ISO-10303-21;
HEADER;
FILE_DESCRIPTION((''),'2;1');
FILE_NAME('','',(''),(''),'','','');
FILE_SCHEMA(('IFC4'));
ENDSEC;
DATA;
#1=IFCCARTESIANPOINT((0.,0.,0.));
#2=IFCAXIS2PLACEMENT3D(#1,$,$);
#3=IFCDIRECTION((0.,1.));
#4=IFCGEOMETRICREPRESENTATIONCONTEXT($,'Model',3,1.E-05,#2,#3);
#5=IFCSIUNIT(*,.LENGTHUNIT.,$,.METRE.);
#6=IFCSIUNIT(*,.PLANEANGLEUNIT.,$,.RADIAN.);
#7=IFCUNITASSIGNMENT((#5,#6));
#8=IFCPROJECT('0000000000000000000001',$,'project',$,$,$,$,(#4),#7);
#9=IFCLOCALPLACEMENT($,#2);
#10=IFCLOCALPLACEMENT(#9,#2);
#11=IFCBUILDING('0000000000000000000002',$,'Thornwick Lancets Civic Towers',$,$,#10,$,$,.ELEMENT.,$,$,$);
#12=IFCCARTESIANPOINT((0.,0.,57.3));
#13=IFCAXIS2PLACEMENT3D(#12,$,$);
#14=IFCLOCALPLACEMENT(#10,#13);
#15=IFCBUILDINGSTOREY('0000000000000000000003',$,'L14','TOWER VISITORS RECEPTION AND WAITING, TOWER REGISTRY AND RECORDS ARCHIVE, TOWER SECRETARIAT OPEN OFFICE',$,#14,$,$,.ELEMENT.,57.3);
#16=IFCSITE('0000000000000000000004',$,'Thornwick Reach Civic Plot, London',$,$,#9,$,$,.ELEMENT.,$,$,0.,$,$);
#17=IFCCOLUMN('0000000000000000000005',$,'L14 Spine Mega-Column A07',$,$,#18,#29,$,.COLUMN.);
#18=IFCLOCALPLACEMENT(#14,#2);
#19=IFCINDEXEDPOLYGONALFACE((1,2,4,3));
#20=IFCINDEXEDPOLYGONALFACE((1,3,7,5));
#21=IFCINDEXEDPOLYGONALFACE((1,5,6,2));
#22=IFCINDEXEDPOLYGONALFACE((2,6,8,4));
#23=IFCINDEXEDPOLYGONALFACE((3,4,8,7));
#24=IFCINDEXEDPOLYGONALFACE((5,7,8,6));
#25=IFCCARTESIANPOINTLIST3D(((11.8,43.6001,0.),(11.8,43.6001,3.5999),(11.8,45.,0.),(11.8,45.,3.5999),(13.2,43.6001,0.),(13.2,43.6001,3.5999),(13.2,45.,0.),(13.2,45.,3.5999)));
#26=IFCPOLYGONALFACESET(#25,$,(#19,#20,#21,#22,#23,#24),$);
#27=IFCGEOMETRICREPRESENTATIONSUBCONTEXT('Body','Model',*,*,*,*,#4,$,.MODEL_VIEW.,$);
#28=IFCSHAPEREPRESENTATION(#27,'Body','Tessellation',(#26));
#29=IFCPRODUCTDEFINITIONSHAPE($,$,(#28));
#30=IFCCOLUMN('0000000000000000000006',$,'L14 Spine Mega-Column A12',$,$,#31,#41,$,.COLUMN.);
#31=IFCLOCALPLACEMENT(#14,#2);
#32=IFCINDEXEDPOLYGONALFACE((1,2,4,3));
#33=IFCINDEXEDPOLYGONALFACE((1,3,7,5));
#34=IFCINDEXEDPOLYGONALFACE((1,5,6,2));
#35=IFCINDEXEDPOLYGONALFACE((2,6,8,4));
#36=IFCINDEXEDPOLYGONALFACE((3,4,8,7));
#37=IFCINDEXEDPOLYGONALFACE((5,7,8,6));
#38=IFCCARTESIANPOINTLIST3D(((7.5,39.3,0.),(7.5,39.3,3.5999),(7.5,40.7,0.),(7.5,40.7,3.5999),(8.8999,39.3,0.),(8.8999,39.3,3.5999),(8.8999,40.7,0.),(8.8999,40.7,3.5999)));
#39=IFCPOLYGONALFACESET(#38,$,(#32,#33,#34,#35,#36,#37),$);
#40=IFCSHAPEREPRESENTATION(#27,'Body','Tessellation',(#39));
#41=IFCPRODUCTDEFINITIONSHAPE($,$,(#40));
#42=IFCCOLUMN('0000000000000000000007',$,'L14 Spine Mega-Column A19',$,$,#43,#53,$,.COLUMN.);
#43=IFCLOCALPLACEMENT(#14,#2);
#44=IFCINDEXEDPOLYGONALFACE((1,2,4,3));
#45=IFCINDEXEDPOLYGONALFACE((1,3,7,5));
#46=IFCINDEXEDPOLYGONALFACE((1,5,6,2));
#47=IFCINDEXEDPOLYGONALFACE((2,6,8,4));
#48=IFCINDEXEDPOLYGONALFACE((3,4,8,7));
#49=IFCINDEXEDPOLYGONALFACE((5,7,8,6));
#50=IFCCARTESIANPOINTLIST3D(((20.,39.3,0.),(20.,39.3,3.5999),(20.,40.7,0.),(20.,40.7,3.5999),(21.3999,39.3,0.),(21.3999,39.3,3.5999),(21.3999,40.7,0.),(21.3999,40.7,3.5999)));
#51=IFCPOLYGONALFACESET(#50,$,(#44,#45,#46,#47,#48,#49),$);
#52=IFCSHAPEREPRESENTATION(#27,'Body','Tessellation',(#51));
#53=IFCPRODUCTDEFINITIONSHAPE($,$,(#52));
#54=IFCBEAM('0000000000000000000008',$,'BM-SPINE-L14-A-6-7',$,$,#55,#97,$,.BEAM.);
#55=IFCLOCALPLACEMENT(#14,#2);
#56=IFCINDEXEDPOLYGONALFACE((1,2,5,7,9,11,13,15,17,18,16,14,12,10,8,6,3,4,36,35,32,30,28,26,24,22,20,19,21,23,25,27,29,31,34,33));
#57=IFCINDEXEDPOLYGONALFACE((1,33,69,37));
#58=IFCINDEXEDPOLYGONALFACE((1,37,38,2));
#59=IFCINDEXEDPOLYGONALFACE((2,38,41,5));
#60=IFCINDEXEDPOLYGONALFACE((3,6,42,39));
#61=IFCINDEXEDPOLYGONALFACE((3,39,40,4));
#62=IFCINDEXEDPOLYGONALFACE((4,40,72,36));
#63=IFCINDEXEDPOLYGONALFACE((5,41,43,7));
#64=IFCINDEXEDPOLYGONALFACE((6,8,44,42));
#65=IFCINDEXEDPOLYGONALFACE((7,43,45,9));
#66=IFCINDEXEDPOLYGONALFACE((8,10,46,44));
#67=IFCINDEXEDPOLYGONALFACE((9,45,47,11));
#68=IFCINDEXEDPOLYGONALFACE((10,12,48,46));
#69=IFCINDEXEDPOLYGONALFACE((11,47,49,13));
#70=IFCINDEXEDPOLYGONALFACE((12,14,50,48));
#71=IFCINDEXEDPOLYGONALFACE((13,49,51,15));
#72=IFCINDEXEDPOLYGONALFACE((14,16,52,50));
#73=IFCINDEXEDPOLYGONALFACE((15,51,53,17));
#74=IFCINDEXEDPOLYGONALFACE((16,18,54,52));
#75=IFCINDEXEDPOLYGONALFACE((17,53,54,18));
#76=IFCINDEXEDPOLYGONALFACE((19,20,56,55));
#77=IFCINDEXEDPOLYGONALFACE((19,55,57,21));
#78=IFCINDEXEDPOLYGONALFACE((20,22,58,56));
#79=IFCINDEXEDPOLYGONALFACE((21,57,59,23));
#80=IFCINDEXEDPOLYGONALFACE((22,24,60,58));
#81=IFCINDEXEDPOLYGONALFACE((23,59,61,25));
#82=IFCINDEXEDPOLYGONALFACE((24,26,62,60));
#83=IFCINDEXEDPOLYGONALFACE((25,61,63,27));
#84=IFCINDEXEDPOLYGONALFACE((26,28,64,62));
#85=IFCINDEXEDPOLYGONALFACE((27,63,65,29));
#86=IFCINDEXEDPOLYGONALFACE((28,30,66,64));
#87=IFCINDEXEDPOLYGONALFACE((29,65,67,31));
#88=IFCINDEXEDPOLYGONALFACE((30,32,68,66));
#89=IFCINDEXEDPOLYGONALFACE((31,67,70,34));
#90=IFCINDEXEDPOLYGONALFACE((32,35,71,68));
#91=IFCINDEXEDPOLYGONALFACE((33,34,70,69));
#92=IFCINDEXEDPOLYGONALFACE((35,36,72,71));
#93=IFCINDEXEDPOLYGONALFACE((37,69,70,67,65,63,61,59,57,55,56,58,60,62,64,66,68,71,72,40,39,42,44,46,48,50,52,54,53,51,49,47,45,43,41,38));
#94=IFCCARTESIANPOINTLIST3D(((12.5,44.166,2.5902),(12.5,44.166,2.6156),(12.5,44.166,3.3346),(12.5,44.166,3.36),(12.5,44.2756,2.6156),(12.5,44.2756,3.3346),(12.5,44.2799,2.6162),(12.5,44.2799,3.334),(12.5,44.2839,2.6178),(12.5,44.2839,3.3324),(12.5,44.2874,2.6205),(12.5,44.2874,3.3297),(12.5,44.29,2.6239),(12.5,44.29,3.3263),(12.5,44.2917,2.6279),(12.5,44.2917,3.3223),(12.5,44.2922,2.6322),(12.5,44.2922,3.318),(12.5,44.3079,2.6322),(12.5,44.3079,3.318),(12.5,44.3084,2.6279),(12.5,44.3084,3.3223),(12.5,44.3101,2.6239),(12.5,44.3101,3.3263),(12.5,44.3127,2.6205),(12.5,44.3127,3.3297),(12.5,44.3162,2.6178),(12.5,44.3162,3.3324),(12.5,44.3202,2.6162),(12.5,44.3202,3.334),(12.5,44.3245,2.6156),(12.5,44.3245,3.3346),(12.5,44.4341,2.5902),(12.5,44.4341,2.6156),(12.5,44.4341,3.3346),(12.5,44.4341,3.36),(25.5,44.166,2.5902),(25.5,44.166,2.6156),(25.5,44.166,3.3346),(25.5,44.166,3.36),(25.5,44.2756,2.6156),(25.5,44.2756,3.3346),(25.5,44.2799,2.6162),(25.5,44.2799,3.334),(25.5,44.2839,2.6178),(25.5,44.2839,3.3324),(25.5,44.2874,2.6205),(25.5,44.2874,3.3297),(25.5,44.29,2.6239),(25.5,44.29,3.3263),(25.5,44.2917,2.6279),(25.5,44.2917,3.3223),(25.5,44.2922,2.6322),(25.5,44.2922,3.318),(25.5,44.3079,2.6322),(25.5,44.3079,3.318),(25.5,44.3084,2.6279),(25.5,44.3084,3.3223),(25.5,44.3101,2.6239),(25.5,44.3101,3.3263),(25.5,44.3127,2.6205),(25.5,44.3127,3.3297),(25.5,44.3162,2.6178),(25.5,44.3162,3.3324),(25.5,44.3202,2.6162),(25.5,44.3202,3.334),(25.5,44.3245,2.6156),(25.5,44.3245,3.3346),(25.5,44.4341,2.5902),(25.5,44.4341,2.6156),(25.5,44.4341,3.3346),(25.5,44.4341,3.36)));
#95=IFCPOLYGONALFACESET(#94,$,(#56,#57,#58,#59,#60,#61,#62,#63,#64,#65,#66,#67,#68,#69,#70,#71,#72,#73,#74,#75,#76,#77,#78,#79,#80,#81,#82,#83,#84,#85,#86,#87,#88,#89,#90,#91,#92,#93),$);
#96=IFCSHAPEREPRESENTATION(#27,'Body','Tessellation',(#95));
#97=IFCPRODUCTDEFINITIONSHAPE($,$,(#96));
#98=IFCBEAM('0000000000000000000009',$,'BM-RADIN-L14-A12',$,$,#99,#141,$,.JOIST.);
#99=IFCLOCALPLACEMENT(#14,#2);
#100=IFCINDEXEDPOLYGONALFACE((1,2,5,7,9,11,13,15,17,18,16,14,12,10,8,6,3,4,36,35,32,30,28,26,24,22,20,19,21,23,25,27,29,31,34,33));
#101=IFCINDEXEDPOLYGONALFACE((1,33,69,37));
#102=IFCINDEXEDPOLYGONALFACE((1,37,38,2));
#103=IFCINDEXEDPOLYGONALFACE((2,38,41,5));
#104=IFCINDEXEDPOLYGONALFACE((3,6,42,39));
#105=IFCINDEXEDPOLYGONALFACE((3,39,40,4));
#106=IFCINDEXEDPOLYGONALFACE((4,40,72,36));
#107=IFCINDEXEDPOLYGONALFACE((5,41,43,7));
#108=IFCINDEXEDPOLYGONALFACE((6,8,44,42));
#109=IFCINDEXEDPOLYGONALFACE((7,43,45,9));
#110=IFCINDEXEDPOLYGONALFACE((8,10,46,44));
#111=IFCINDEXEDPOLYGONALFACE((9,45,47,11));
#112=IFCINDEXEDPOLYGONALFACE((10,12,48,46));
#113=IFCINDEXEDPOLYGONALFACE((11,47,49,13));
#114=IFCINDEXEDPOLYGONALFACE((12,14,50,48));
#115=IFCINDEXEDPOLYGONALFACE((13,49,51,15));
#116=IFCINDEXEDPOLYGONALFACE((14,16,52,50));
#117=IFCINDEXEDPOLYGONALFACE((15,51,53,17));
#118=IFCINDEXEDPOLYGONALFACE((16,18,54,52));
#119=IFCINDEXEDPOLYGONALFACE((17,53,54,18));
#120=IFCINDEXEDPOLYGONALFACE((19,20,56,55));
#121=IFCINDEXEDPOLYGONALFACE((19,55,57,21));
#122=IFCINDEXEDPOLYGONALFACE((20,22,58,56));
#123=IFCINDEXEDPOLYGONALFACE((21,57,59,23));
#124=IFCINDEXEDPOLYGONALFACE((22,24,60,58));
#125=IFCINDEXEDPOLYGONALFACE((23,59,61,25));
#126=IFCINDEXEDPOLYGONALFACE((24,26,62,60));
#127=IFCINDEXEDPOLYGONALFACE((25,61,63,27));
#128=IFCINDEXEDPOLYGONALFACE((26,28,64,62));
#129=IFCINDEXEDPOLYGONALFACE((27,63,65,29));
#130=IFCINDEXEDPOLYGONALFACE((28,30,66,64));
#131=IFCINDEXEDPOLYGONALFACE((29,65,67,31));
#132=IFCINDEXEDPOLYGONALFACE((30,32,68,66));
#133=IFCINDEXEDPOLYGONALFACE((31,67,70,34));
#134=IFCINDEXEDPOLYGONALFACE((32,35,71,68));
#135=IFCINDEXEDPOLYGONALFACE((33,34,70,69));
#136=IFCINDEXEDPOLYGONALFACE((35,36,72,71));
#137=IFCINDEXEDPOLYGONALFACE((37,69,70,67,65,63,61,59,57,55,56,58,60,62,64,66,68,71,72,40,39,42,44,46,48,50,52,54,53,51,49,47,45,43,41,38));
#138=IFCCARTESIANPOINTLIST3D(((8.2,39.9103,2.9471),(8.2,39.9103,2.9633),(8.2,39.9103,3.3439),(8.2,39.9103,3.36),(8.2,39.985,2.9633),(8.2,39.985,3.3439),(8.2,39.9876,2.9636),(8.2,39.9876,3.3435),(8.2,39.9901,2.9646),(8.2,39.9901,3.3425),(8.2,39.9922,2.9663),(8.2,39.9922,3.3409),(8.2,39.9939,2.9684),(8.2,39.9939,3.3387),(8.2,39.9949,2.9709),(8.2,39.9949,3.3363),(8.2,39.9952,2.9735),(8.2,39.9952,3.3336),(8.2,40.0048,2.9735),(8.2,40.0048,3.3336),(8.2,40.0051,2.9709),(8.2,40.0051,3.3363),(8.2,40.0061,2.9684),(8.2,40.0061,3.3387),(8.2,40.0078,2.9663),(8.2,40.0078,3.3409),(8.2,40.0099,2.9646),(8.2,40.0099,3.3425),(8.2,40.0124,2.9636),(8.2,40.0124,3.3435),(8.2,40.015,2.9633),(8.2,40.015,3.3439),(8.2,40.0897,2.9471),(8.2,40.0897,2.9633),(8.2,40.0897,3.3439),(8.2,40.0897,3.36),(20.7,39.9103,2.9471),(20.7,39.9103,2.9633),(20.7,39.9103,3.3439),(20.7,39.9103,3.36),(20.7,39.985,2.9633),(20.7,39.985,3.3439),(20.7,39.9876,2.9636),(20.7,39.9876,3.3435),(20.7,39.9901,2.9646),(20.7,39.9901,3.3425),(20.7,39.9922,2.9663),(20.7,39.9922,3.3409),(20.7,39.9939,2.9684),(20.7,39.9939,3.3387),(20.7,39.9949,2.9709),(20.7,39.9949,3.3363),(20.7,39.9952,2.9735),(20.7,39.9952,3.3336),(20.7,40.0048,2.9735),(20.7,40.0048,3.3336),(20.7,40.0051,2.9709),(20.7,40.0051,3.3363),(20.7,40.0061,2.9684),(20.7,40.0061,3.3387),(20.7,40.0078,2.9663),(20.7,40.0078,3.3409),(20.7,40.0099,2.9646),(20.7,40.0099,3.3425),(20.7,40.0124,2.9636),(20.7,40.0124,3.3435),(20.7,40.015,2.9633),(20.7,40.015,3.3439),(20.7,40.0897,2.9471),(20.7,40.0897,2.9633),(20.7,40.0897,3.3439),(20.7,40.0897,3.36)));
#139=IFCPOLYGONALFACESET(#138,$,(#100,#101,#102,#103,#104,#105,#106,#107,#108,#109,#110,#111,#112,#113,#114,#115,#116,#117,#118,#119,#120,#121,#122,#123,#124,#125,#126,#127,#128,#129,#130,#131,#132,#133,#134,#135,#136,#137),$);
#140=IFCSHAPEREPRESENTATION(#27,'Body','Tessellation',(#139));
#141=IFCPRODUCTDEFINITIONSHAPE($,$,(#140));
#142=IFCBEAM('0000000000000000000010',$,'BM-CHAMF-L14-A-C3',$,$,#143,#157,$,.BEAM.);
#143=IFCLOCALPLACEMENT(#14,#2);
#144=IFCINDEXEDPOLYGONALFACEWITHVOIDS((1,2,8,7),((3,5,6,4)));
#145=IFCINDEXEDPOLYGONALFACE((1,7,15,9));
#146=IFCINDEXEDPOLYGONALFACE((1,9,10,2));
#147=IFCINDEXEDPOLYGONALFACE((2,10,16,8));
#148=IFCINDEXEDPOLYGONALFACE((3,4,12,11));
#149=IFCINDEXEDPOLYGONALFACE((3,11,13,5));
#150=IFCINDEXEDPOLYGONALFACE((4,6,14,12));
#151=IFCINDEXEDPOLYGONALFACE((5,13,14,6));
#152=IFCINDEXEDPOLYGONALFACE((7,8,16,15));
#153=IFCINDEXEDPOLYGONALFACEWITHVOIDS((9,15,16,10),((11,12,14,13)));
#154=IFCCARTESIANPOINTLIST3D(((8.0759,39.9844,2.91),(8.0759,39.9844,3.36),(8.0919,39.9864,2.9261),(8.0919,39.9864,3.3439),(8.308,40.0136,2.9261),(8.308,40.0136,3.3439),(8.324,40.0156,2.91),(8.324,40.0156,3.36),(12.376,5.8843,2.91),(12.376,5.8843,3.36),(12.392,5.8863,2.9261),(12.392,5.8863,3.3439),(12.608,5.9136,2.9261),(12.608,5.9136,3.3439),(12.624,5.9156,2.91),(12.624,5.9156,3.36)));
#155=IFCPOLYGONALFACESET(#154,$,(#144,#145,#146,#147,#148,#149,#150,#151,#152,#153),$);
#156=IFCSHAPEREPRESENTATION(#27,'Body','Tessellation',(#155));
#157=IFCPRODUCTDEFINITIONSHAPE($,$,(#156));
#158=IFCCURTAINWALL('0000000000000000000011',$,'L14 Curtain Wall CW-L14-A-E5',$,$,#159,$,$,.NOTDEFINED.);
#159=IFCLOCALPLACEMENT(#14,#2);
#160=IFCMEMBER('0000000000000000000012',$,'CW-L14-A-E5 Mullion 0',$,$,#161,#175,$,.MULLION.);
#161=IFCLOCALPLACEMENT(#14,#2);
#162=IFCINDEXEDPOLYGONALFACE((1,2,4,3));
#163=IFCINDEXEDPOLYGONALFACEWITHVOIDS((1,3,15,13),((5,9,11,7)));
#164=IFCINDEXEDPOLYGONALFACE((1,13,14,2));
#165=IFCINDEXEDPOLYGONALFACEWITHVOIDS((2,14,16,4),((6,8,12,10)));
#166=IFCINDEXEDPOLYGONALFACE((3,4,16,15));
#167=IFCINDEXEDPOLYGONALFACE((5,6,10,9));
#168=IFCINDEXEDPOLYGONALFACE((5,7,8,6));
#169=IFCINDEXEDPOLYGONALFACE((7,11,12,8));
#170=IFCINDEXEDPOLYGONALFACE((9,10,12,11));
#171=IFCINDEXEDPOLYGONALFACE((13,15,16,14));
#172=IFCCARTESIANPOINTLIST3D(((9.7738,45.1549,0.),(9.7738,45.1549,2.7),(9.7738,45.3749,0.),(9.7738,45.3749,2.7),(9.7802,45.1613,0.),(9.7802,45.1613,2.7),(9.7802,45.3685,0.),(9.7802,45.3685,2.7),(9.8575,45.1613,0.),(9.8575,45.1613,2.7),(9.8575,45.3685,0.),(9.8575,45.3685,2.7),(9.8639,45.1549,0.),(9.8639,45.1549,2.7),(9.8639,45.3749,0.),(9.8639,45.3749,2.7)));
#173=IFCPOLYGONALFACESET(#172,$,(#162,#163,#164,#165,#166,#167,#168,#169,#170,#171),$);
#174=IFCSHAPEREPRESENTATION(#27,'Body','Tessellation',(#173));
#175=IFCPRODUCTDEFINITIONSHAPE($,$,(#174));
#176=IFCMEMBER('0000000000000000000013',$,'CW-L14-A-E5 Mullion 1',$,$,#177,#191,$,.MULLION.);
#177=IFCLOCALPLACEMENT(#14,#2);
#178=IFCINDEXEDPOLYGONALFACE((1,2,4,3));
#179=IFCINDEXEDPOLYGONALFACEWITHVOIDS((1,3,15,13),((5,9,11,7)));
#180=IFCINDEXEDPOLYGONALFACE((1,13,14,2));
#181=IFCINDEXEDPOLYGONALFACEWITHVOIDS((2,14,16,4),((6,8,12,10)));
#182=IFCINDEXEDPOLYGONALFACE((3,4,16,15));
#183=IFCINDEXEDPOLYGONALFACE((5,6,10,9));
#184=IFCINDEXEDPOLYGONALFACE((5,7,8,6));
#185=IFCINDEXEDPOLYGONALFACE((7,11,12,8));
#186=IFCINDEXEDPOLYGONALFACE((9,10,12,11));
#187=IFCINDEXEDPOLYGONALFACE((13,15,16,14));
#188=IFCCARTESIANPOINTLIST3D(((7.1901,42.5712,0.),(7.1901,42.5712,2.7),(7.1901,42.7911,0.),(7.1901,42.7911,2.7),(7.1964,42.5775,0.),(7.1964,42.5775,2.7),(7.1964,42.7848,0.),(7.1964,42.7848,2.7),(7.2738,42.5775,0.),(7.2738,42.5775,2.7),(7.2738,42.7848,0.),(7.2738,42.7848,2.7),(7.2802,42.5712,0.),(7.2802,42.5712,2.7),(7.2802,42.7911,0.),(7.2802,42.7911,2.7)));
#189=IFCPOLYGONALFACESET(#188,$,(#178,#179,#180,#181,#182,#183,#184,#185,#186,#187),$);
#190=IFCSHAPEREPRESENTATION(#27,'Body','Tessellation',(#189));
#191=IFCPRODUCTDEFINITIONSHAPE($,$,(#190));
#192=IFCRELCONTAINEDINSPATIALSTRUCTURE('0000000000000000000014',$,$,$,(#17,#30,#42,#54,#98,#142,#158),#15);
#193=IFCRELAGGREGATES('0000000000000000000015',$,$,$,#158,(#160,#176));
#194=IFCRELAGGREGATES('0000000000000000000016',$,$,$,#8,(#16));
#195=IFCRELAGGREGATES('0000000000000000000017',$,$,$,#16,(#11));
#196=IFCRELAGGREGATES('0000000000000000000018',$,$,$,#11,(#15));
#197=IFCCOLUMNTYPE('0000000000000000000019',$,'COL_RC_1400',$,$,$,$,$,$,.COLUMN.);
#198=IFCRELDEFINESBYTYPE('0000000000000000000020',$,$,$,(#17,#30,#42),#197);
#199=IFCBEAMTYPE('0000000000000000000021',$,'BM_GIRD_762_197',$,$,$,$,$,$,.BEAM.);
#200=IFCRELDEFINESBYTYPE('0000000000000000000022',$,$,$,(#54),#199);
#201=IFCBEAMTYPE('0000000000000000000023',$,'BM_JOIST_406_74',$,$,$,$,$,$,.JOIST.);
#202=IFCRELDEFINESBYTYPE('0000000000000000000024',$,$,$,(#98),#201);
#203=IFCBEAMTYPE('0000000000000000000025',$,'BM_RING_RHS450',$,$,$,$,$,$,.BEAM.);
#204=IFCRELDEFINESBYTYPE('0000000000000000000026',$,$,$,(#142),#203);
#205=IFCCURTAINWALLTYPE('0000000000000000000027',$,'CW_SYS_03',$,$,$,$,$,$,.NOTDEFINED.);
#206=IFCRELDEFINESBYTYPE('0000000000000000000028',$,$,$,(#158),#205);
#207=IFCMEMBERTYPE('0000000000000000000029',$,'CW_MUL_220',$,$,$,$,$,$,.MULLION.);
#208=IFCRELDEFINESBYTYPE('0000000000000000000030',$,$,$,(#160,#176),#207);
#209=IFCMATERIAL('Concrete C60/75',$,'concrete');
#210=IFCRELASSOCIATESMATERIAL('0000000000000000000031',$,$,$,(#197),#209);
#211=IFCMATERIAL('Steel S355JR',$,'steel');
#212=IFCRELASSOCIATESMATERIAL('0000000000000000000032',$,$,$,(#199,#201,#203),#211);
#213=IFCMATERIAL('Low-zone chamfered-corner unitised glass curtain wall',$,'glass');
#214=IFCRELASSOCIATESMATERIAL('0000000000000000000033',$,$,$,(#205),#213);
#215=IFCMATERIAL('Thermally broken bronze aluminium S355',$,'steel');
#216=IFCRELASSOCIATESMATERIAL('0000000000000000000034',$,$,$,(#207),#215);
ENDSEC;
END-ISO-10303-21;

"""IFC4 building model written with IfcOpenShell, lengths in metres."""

from ifc_helpers import new_model, si_unit, direction, frame, origin, origin_2d, place, context, subcontext, project, spatial, rectangle, hollow_rectangle, i_section, extrude, material, material_profile, profile_set, type_object, element, aggregate, save


model = new_model("IFC4")

# Units and contexts
model_context = context("Model", 3, precision=1e-05, world=origin(), true_north=direction((0.0, 1.0)))
body_context = subcontext(model_context, "Body", "Model", "MODEL_VIEW")
ifc_project = project(units=[si_unit("LENGTHUNIT", "METRE"), si_unit("PLANEANGLEUNIT", "RADIAN")], contexts=[model_context])

# Site, building, storey
site_placement = place(None, origin())
site = spatial("IfcSite", under=ifc_project, at=site_placement, Name="Thornwick Reach Civic Plot, London", CompositionType="ELEMENT", RefElevation=0.0)
building_placement = place(site_placement, origin())
building = spatial("IfcBuilding", under=site, at=building_placement, Name="Thornwick Lancets Civic Towers", CompositionType="ELEMENT")
storey_placement = place(building_placement, frame((0.0, 0.0, 57.3)))
storey = spatial("IfcBuildingStorey", under=building, at=storey_placement, Name="L14", Description="TOWER VISITORS RECEPTION AND WAITING, TOWER REGISTRY AND RECORDS ARCHIVE, TOWER SECRETARIAT OPEN OFFICE", CompositionType="ELEMENT", Elevation=57.3)

# Columns
ifc_material_1 = material(Name="Concrete C60/75", Category="concrete")
ifc_material_profile_1 = material_profile(ifc_material_1, rectangle(XDim=1.3999, YDim=1.3999, at=origin_2d()), Name="RC 1400x1400")
ifc_profile_set_1 = profile_set([ifc_material_profile_1], Name="Concrete C60/75")
column_type = type_object("IfcColumnType", Name="COL_RC_1400", PredefinedType="COLUMN", material=ifc_profile_set_1)
for number, where, z_axis, x_axis, name in (
    (1, (12.5, 44.3, 0.0), (0.0, 0.0, 1.0), (1.0, 0.0, 0.0), "L14 Spine Mega-Column A07"),
    (2, (8.2, 40.0, 0.0), (0.0, 0.0, 1.0), (1.0, 0.0, 0.0), "L14 Spine Mega-Column A12"),
    (3, (20.7, 40.0, 0.0), (0.0, 0.0, 1.0), (1.0, 0.0, 0.0), "L14 Spine Mega-Column A19"),
):
    element("IfcColumn", number, at=place(storey_placement, frame(where, z_axis=z_axis, x_axis=x_axis)), inside=storey, type_object=column_type, Name=name, PredefinedType="COLUMN", context=body_context, shape_type="SweptSolid", body=[
        extrude(rectangle(XDim=1.3999, YDim=1.3999, at=origin_2d()), origin(), (0.0, 0.0, 1.0), 3.5999),
    ])

# Beams
ifc_material_2 = material(Name="Steel S355JR", Category="steel")
ifc_material_profile_2 = material_profile(ifc_material_2, i_section(OverallWidth=0.2681, OverallDepth=0.7698, WebThickness=0.0156, FlangeThickness=0.0254, FilletRadius=0.0166, at=origin_2d()), Name="UKB 762x267x197")
ifc_profile_set_2 = profile_set([ifc_material_profile_2], Name="Steel S355JR")
beam_type_1 = type_object("IfcBeamType", Name="BM_GIRD_762_197", PredefinedType="BEAM", material=ifc_profile_set_2)
beam_1_placement = place(storey_placement, frame((12.5, 44.3, 2.9751), z_axis=(1.0, 0.0, 0.0), x_axis=(0.0, 1.0, 0.0)))
element("IfcBeam", 4, at=beam_1_placement, inside=storey, type_object=beam_type_1, Name="BM-SPINE-L14-A-6-7", PredefinedType="BEAM", context=body_context, shape_type="SweptSolid", body=[
    extrude(i_section(OverallWidth=0.2681, OverallDepth=0.7698, WebThickness=0.0156, FlangeThickness=0.0254, FilletRadius=0.0166, at=origin_2d()), origin(), (0.0, 0.0, 1.0), 13.0),
])
ifc_material_profile_3 = material_profile(ifc_material_2, i_section(OverallWidth=0.1794, OverallDepth=0.4128, WebThickness=0.0095, FlangeThickness=0.0161, FilletRadius=0.0103, at=origin_2d()), Name="UKB 406x178x74")
ifc_profile_set_3 = profile_set([ifc_material_profile_3], Name="Steel S355JR")
beam_type_2 = type_object("IfcBeamType", Name="BM_JOIST_406_74", PredefinedType="JOIST", material=ifc_profile_set_3)
beam_2_placement = place(storey_placement, frame((20.7, 40.0, 3.1536), z_axis=(-1.0, 0.0, 0.0), x_axis=(0.0, -1.0, 0.0)))
element("IfcBeam", 5, at=beam_2_placement, inside=storey, type_object=beam_type_2, Name="BM-RADIN-L14-A12", PredefinedType="JOIST", context=body_context, shape_type="SweptSolid", body=[
    extrude(i_section(OverallWidth=0.1794, OverallDepth=0.4128, WebThickness=0.0095, FlangeThickness=0.0161, FilletRadius=0.0103, at=origin_2d()), origin(), (0.0, 0.0, 1.0), 12.5),
])
ifc_material_profile_4 = material_profile(ifc_material_2, hollow_rectangle(XDim=0.25, YDim=0.45, WallThickness=0.0161, at=origin_2d()), Name="RHS 450x250x16")
ifc_profile_set_4 = profile_set([ifc_material_profile_4], Name="Steel S355JR")
beam_type_3 = type_object("IfcBeamType", Name="BM_RING_RHS450", PredefinedType="BEAM", material=ifc_profile_set_4)
beam_3_placement = place(storey_placement, frame((8.2, 40.0, 3.135), z_axis=(0.12511, -0.992143, 0.0), x_axis=(0.992143, 0.12511, 0.0)))
element("IfcBeam", 6, at=beam_3_placement, inside=storey, type_object=beam_type_3, Name="BM-CHAMF-L14-A-C3", PredefinedType="BEAM", context=body_context, shape_type="SweptSolid", body=[
    extrude(hollow_rectangle(XDim=0.25, YDim=0.45, WallThickness=0.0161, at=origin_2d()), origin(), (0.0, 0.0, 1.0), 34.3701),
])

# Curtain wall, members
ifc_material_3 = material(Name="Low-zone chamfered-corner unitised glass curtain wall", Category="glass")
curtain_wall_type = type_object("IfcCurtainWallType", Name="CW_SYS_03", PredefinedType="NOTDEFINED", material=ifc_material_3)
curtain_wall_placement = place(storey_placement, origin())
curtain_wall = element("IfcCurtainWall", 7, at=curtain_wall_placement, inside=storey, type_object=curtain_wall_type, Name="L14 Curtain Wall CW-L14-A-E5", PredefinedType="NOTDEFINED")
ifc_material_4 = material(Name="Thermally broken bronze aluminium S355", Category="steel")
ifc_material_profile_5 = material_profile(ifc_material_4, hollow_rectangle(XDim=0.0901, YDim=0.22, WallThickness=0.0063, at=origin_2d()), Name="RHS 220x90x6.3")
ifc_profile_set_5 = profile_set([ifc_material_profile_5], Name="Thermally broken bronze aluminium S355")
member_type_1 = type_object("IfcMemberType", Name="CW_MUL_220", PredefinedType="MULLION", material=ifc_profile_set_5)
member_1_placement = place(storey_placement, frame((9.8188, 45.2649, 0.0), z_axis=(0.0, 0.0, 1.0), x_axis=(1.0, 0.0, 0.0)))
member_1 = element("IfcMember", 8, at=member_1_placement, type_object=member_type_1, Name="CW-L14-A-E5 Mullion 0", PredefinedType="MULLION", context=body_context, shape_type="SweptSolid", body=[
    extrude(hollow_rectangle(XDim=0.0901, YDim=0.22, WallThickness=0.0063, at=origin_2d()), origin(), (0.0, 0.0, 1.0), 2.7),
])
member_2_placement = place(storey_placement, frame((7.2351, 42.6812, 0.0), z_axis=(0.0, 0.0, 1.0), x_axis=(1.0, 0.0, 0.0)))
member_2 = element("IfcMember", 9, at=member_2_placement, type_object=member_type_1, Name="CW-L14-A-E5 Mullion 1", PredefinedType="MULLION", context=body_context, shape_type="SweptSolid", body=[
    extrude(hollow_rectangle(XDim=0.0901, YDim=0.22, WallThickness=0.0063, at=origin_2d()), origin(), (0.0, 0.0, 1.0), 2.7),
])
aggregate(curtain_wall, [member_1, member_2])

save(model, "model.ifc")
